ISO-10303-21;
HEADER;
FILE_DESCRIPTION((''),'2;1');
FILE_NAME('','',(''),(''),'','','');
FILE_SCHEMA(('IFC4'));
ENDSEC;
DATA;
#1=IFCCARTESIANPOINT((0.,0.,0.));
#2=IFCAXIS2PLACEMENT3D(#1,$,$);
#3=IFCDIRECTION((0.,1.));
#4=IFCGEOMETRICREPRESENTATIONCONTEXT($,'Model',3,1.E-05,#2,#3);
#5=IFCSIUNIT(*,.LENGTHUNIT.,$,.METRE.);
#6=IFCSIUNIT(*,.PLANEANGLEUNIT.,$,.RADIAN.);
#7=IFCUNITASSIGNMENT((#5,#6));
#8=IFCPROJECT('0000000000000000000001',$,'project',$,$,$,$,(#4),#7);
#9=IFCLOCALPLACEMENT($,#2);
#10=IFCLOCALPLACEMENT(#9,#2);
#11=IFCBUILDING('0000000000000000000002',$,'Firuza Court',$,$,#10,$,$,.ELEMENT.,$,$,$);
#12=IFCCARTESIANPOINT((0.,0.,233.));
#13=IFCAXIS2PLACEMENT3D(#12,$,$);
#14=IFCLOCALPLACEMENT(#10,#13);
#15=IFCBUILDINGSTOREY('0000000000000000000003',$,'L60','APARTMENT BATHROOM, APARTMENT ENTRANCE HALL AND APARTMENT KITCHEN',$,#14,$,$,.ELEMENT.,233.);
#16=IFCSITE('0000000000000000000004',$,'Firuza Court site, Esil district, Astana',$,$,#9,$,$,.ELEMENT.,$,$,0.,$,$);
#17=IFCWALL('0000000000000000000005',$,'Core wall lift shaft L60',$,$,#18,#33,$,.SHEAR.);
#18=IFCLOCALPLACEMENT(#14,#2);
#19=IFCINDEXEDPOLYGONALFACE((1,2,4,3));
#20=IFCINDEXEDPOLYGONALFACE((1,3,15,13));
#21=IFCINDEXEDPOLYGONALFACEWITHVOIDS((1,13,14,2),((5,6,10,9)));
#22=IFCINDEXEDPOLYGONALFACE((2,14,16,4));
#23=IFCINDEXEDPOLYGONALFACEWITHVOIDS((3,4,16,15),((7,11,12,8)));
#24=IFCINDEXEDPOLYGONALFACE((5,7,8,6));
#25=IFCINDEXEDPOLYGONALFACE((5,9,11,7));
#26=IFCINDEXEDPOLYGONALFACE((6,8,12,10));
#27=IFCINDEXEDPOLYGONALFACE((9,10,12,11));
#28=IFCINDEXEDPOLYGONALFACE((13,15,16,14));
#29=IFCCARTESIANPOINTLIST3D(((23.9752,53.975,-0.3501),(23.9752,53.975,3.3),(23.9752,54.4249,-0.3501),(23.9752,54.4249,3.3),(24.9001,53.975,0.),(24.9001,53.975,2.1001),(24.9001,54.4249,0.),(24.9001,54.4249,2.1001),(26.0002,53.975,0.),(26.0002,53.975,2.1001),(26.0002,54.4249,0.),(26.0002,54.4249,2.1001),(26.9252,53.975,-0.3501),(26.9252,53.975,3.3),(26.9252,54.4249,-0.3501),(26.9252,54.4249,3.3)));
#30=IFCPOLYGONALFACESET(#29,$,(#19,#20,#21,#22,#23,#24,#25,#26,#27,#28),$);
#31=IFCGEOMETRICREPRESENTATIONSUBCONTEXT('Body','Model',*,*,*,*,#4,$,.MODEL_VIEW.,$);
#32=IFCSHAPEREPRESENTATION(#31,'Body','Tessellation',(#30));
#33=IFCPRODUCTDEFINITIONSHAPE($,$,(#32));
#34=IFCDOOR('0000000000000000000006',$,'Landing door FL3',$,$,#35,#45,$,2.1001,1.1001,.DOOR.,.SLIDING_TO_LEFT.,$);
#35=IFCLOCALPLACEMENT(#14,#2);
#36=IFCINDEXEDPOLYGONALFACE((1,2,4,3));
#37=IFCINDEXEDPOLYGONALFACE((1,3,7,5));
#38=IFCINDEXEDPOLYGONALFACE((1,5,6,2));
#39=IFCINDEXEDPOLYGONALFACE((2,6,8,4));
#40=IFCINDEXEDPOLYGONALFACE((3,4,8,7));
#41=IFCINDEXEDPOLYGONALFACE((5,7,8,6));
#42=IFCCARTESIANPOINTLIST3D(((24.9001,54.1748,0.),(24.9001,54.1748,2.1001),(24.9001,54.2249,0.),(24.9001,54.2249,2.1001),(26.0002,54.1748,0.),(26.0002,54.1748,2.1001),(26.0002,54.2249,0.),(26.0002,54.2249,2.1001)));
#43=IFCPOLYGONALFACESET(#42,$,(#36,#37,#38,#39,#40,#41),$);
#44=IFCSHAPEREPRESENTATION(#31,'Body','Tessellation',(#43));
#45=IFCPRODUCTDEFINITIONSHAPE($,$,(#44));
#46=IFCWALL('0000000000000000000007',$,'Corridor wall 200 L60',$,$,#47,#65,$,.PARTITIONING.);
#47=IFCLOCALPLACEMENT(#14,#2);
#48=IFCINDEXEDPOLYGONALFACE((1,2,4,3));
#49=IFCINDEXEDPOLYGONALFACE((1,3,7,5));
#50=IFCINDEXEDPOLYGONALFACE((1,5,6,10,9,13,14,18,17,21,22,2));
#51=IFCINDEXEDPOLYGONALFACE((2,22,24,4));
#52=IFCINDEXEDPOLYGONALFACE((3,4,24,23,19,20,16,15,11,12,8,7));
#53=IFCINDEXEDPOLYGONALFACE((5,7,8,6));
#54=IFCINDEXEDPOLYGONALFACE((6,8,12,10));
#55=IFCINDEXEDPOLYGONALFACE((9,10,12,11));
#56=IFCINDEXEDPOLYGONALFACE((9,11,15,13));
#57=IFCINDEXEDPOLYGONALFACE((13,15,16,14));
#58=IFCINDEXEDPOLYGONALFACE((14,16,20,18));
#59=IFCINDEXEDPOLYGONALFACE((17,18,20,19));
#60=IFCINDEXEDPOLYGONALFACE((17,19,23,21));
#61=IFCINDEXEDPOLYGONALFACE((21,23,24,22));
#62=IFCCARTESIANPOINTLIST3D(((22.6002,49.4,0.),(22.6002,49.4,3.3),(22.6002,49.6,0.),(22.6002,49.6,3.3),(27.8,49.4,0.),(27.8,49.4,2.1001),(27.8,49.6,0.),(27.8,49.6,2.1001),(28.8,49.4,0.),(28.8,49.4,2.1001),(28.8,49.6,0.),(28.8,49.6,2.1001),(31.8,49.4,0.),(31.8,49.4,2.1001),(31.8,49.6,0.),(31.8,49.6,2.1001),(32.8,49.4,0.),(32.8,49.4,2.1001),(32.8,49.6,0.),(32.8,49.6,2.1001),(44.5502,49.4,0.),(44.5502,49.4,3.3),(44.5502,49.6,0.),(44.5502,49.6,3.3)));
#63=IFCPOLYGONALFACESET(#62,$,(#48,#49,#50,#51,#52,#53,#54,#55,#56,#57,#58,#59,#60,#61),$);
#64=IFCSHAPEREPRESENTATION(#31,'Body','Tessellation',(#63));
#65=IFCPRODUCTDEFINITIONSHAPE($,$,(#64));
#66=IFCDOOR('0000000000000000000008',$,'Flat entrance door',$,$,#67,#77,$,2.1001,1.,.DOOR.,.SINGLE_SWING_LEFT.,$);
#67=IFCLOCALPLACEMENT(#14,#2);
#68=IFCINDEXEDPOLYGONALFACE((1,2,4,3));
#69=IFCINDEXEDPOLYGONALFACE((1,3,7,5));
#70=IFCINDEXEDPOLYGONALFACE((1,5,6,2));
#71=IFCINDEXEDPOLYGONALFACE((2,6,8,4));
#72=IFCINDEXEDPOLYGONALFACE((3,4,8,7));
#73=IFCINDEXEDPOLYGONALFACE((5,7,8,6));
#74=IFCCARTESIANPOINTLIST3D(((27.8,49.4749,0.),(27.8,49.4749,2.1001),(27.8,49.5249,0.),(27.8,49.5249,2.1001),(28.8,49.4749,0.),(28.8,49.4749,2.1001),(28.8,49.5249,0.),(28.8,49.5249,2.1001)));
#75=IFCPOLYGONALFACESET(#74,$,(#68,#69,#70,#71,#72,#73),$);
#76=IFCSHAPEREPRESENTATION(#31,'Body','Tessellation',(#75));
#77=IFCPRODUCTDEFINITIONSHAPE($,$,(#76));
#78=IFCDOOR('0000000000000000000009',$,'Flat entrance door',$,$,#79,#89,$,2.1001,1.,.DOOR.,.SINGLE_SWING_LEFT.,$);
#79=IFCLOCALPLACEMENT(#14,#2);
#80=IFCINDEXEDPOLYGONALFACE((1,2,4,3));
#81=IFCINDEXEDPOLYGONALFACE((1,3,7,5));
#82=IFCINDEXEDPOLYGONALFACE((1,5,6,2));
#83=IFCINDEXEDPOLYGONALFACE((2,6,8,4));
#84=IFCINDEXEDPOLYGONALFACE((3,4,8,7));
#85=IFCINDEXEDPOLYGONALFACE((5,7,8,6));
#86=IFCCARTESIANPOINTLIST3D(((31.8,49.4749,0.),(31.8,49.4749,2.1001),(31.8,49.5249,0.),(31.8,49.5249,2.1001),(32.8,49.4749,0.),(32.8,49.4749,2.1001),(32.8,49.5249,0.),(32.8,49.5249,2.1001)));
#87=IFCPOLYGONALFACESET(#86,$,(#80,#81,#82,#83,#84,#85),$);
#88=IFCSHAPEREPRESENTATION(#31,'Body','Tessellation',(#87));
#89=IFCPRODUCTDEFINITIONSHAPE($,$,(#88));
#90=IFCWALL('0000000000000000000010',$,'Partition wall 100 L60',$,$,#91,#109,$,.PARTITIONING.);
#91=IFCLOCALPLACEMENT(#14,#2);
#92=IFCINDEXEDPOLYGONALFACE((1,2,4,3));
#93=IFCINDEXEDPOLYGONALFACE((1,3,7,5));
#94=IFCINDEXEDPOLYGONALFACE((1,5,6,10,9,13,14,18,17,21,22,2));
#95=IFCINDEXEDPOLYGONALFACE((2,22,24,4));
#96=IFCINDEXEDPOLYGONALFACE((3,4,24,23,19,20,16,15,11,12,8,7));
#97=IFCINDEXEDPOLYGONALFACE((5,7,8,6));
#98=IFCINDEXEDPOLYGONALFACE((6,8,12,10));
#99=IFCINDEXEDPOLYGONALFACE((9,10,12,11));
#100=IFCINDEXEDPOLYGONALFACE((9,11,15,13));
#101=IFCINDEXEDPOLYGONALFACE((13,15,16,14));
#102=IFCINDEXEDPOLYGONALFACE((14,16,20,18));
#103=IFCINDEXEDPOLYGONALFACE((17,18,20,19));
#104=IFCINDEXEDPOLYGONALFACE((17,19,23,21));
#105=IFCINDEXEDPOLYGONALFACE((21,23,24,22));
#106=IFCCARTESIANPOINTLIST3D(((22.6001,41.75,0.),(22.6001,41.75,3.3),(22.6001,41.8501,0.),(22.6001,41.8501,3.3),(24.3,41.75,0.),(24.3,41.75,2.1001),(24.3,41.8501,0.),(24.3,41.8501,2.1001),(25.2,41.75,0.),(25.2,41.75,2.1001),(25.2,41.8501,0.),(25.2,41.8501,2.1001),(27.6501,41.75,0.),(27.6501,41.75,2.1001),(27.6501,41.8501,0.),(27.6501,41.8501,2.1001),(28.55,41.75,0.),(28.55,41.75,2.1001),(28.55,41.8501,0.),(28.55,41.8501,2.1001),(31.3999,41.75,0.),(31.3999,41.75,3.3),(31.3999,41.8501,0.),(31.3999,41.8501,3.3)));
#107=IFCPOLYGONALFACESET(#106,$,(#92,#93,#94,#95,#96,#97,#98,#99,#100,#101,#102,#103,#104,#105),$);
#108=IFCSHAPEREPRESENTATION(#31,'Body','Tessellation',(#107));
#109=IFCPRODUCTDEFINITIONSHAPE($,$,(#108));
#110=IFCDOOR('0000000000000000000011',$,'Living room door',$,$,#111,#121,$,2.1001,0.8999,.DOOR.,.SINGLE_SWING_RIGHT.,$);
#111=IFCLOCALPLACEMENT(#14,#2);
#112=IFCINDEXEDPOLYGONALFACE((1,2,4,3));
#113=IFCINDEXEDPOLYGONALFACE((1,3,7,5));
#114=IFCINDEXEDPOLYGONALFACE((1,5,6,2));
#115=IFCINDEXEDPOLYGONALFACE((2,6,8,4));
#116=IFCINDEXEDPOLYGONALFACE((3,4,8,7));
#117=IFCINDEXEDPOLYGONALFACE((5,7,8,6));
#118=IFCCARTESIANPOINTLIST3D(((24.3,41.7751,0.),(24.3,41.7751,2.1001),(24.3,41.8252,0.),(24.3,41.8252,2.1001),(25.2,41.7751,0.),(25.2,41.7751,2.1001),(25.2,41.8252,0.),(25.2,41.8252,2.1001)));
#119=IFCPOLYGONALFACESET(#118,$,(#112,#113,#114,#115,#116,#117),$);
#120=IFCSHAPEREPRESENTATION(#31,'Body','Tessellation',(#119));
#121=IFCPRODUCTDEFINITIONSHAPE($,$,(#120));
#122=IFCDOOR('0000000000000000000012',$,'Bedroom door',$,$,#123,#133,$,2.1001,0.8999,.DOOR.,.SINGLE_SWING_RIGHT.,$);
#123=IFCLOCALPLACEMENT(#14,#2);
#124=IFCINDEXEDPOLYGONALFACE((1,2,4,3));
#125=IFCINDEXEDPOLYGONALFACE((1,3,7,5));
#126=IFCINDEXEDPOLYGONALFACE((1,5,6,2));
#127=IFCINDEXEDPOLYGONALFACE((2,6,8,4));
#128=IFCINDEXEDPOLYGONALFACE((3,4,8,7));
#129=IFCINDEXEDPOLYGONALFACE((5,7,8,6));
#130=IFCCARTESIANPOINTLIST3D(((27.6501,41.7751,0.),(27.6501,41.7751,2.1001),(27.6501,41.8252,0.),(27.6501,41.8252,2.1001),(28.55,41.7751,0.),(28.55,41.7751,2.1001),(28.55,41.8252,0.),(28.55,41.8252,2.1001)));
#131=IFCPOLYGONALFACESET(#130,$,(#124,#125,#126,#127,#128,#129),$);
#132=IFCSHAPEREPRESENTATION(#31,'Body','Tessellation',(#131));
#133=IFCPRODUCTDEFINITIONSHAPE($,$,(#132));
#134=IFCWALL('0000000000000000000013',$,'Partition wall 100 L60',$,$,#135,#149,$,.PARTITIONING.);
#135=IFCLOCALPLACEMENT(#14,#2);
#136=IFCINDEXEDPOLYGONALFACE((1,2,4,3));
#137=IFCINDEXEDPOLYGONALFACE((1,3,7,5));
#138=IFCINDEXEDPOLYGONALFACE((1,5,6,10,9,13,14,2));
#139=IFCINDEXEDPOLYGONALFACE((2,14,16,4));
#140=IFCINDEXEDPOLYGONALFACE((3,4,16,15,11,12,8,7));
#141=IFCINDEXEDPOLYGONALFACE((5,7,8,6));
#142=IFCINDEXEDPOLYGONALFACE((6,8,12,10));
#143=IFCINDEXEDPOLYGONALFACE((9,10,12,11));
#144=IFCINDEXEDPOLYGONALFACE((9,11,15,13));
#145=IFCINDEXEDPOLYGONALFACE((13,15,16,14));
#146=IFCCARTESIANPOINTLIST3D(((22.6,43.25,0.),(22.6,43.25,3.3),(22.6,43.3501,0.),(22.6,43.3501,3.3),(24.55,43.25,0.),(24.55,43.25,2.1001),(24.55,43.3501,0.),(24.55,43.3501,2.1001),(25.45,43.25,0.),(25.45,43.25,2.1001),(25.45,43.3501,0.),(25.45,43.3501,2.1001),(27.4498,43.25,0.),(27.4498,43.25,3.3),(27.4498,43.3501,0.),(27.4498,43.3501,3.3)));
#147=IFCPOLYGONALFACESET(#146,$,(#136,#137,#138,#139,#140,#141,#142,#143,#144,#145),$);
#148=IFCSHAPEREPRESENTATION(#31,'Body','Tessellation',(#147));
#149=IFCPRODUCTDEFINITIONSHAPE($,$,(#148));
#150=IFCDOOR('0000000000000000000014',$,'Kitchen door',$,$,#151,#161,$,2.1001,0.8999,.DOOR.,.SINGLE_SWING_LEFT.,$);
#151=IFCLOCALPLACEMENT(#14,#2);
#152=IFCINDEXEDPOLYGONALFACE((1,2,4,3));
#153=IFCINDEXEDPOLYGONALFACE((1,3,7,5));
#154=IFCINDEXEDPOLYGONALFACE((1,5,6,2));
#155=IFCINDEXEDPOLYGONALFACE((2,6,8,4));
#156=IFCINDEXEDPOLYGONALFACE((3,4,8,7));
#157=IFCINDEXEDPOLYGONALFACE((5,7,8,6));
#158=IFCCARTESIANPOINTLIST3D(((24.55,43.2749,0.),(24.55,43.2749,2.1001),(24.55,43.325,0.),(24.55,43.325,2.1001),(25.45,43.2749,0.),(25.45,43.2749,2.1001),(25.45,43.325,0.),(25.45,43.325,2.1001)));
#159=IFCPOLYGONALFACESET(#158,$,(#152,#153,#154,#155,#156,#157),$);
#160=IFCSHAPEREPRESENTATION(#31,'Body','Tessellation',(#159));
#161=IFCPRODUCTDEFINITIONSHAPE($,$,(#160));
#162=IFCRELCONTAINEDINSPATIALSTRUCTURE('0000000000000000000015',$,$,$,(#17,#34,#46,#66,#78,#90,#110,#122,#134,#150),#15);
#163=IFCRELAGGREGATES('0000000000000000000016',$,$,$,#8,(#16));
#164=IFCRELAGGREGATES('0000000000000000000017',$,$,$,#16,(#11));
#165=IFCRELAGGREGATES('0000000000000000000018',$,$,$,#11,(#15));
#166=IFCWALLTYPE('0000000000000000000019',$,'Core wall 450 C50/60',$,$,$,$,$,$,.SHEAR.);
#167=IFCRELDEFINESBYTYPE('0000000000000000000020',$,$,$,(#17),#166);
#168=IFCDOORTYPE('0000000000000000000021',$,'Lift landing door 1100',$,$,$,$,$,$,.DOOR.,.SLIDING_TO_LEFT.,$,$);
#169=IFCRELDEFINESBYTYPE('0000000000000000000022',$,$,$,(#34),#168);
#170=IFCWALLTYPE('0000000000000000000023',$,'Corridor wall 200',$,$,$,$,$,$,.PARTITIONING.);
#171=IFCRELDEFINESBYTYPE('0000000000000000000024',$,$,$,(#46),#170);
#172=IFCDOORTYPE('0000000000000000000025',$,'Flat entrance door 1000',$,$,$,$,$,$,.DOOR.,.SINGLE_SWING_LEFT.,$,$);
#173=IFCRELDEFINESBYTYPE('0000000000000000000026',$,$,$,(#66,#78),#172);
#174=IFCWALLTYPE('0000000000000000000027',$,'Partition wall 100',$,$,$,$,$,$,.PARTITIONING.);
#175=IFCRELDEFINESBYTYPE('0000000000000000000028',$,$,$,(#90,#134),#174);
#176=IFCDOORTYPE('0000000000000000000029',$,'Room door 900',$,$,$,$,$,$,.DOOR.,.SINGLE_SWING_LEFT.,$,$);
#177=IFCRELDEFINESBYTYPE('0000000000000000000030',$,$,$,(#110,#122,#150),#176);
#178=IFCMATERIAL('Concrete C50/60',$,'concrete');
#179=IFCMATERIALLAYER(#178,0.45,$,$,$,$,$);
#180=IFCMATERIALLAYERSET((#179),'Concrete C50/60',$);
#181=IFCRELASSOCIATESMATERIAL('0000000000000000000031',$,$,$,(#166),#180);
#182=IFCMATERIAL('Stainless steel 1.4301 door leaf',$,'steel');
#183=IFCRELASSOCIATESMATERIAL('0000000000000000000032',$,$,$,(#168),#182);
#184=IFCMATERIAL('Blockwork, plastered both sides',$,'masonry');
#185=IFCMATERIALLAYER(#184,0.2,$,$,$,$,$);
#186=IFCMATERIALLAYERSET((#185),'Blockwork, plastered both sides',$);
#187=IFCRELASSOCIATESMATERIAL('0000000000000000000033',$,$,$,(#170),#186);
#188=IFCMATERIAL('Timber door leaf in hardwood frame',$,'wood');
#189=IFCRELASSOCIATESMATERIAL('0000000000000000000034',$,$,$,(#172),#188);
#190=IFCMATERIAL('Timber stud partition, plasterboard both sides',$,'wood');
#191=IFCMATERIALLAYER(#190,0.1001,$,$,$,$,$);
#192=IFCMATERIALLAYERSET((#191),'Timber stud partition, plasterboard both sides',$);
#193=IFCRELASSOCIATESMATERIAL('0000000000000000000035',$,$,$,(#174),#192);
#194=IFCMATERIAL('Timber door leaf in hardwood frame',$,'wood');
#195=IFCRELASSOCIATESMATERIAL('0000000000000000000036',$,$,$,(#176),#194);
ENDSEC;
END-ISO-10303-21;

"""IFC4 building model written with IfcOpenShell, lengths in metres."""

from ifc_helpers import new_model, si_unit, direction, frame, frame_2d, origin, place, context, subcontext, project, spatial, rectangle, extrude, material, layer, layer_set, type_object, element, fill, save


model = new_model("IFC4")

# Units and contexts
model_context = context("Model", 3, precision=1e-05, world=origin(), true_north=direction((0.0, 1.0)))
body_context = subcontext(model_context, "Body", "Model", "MODEL_VIEW")
ifc_project = project(units=[si_unit("LENGTHUNIT", "METRE"), si_unit("PLANEANGLEUNIT", "RADIAN")], contexts=[model_context])

# Site, building, storey
site_placement = place(None, origin())
site = spatial("IfcSite", under=ifc_project, at=site_placement, Name="Firuza Court site, Esil district, Astana", CompositionType="ELEMENT", RefElevation=0.0)
building_placement = place(site_placement, origin())
building = spatial("IfcBuilding", under=site, at=building_placement, Name="Firuza Court", CompositionType="ELEMENT")
storey_placement = place(building_placement, frame((0.0, 0.0, 233.0)))
storey = spatial("IfcBuildingStorey", under=building, at=storey_placement, Name="L60", Description="APARTMENT BATHROOM, APARTMENT ENTRANCE HALL AND APARTMENT KITCHEN", CompositionType="ELEMENT", Elevation=233.0)

# Wall, opening, door
ifc_material_1 = material(Name="Concrete C50/60", Category="concrete")
ifc_layer_1 = layer(ifc_material_1, 0.45)
ifc_layer_set_1 = layer_set([ifc_layer_1], Name="Concrete C50/60")
wall_type_1 = type_object("IfcWallType", Name="Core wall 450 C50/60", PredefinedType="SHEAR", material=ifc_layer_set_1)
wall_1_placement = place(storey_placement, frame((23.9751, 54.2, -0.3501), z_axis=(0.0, 0.0, 1.0), x_axis=(1.0, 0.0, 0.0)))
wall_1 = element("IfcWall", 1, at=wall_1_placement, inside=storey, type_object=wall_type_1, Name="Core wall lift shaft L60", PredefinedType="SHEAR", context=body_context, shape_type="SweptSolid", body=[
    extrude(rectangle(XDim=2.95, YDim=0.45, at=frame_2d((1.4751, 0.0))), origin(), (0.0, 0.0, 1.0), 3.6501),
])
opening_1_placement = place(wall_1_placement, frame((0.925, 0.0, 0.3501)))
opening_1 = element("IfcOpeningElement", 2, at=opening_1_placement, cuts=wall_1, PredefinedType="OPENING", context=body_context, shape_type="SweptSolid", body=[
    extrude(rectangle(XDim=1.1001, YDim=2.1001, at=frame_2d((0.55, 1.05))), frame((0.0, 0.2368, 0.0), z_axis=(0.0, -1.0, 0.0), x_axis=(1.0, 0.0, 0.0)), (0.0, 0.0, 1.0), 0.4739),
])
ifc_material_2 = material(Name="Stainless steel 1.4301 door leaf", Category="steel")
door_type_1 = type_object("IfcDoorType", Name="Lift landing door 1100", OperationType="SLIDING_TO_LEFT", PredefinedType="DOOR", material=ifc_material_2)
door_1_placement = place(opening_1_placement, origin())
door_1 = element("IfcDoor", 3, at=door_1_placement, inside=storey, type_object=door_type_1, Name="Landing door FL3", OperationType="SLIDING_TO_LEFT", OverallHeight=2.1001, OverallWidth=1.1001, PredefinedType="DOOR", context=body_context, shape_type="SweptSolid", body=[
    extrude(rectangle(XDim=1.1001, YDim=2.1001, at=frame_2d((0.55, 1.05))), frame((0.0, 0.0249, 0.0), z_axis=(0.0, -1.0, 0.0), x_axis=(1.0, 0.0, 0.0)), (0.0, 0.0, 1.0), 0.05),
])
fill(opening_1, door_1)

# Walls, openings, doors
ifc_material_3 = material(Name="Blockwork, plastered both sides", Category="masonry")
ifc_layer_2 = layer(ifc_material_3, 0.2)
ifc_layer_set_2 = layer_set([ifc_layer_2], Name="Blockwork, plastered both sides")
wall_type_2 = type_object("IfcWallType", Name="Corridor wall 200", PredefinedType="PARTITIONING", material=ifc_layer_set_2)
wall_2_placement = place(storey_placement, frame((22.6001, 49.5, 0.0), z_axis=(0.0, 0.0, 1.0), x_axis=(1.0, 0.0, 0.0)))
wall_2 = element("IfcWall", 4, at=wall_2_placement, inside=storey, type_object=wall_type_2, Name="Corridor wall 200 L60", PredefinedType="PARTITIONING", context=body_context, shape_type="SweptSolid", body=[
    extrude(rectangle(XDim=21.95, YDim=0.2, at=frame_2d((10.9751, 0.0))), origin(), (0.0, 0.0, 1.0), 3.3),
])
opening_2_placement = place(wall_2_placement, frame((5.2, 0.0, 0.0)))
opening_2 = element("IfcOpeningElement", 5, at=opening_2_placement, cuts=wall_2, PredefinedType="OPENING", context=body_context, shape_type="SweptSolid", body=[
    extrude(rectangle(XDim=1.0, YDim=2.1001, at=frame_2d((0.5, 1.05))), frame((0.0, 0.1118, 0.0), z_axis=(0.0, -1.0, 0.0), x_axis=(1.0, 0.0, 0.0)), (0.0, 0.0, 1.0), 0.2239),
])
opening_3_placement = place(wall_2_placement, frame((9.2, 0.0, 0.0)))
opening_3 = element("IfcOpeningElement", 6, at=opening_3_placement, cuts=wall_2, PredefinedType="OPENING", context=body_context, shape_type="SweptSolid", body=[
    extrude(rectangle(XDim=1.0, YDim=2.1001, at=frame_2d((0.5, 1.05))), frame((0.0, 0.1118, 0.0), z_axis=(0.0, -1.0, 0.0), x_axis=(1.0, 0.0, 0.0)), (0.0, 0.0, 1.0), 0.2239),
])
ifc_material_4 = material(Name="Timber door leaf in hardwood frame", Category="wood")
door_type_2 = type_object("IfcDoorType", Name="Flat entrance door 1000", OperationType="SINGLE_SWING_LEFT", PredefinedType="DOOR", material=ifc_material_4)
door_2_placement = place(opening_2_placement, origin())
door_2 = element("IfcDoor", 7, at=door_2_placement, inside=storey, type_object=door_type_2, Name="Flat entrance door", OperationType="SINGLE_SWING_LEFT", OverallHeight=2.1001, OverallWidth=1.0, PredefinedType="DOOR", context=body_context, shape_type="SweptSolid", body=[
    extrude(rectangle(XDim=1.0, YDim=2.1001, at=frame_2d((0.5, 1.05))), frame((0.0, 0.0249, 0.0), z_axis=(0.0, -1.0, 0.0), x_axis=(1.0, 0.0, 0.0)), (0.0, 0.0, 1.0), 0.05),
])
fill(opening_2, door_2)
door_3_placement = place(opening_3_placement, origin())
door_3 = element("IfcDoor", 8, at=door_3_placement, inside=storey, type_object=door_type_2, Name="Flat entrance door", OperationType="SINGLE_SWING_LEFT", OverallHeight=2.1001, OverallWidth=1.0, PredefinedType="DOOR", context=body_context, shape_type="SweptSolid", body=[
    extrude(rectangle(XDim=1.0, YDim=2.1001, at=frame_2d((0.5, 1.05))), frame((0.0, 0.0249, 0.0), z_axis=(0.0, -1.0, 0.0), x_axis=(1.0, 0.0, 0.0)), (0.0, 0.0, 1.0), 0.05),
])
fill(opening_3, door_3)
ifc_material_5 = material(Name="Timber stud partition, plasterboard both sides", Category="wood")
ifc_layer_3 = layer(ifc_material_5, 0.1001)
ifc_layer_set_3 = layer_set([ifc_layer_3], Name="Timber stud partition, plasterboard both sides")
wall_type_3 = type_object("IfcWallType", Name="Partition wall 100", PredefinedType="PARTITIONING", material=ifc_layer_set_3)
wall_3_placement = place(storey_placement, frame((22.6001, 41.8, 0.0), z_axis=(0.0, 0.0, 1.0), x_axis=(1.0, 0.0, 0.0)))
wall_3 = element("IfcWall", 9, at=wall_3_placement, inside=storey, type_object=wall_type_3, Name="Partition wall 100 L60", PredefinedType="PARTITIONING", context=body_context, shape_type="SweptSolid", body=[
    extrude(rectangle(XDim=8.7998, YDim=0.1001, at=frame_2d((4.3999, 0.0))), origin(), (0.0, 0.0, 1.0), 3.3),
])
opening_4_placement = place(wall_3_placement, frame((1.7, 0.0, 0.0)))
opening_4 = element("IfcOpeningElement", 10, at=opening_4_placement, cuts=wall_3, PredefinedType="OPENING", context=body_context, shape_type="SweptSolid", body=[
    extrude(rectangle(XDim=0.8999, YDim=2.1001, at=frame_2d((0.45, 1.05))), frame((0.0, 0.062, 0.0), z_axis=(0.0, -1.0, 0.0), x_axis=(1.0, 0.0, 0.0)), (0.0, 0.0, 1.0), 0.124),
])
opening_5_placement = place(wall_3_placement, frame((5.05, 0.0, 0.0)))
opening_5 = element("IfcOpeningElement", 11, at=opening_5_placement, cuts=wall_3, PredefinedType="OPENING", context=body_context, shape_type="SweptSolid", body=[
    extrude(rectangle(XDim=0.8999, YDim=2.1001, at=frame_2d((0.45, 1.05))), frame((0.0, 0.062, 0.0), z_axis=(0.0, -1.0, 0.0), x_axis=(1.0, 0.0, 0.0)), (0.0, 0.0, 1.0), 0.124),
])
ifc_material_6 = material(Name="Timber door leaf in hardwood frame", Category="wood")
door_type_3 = type_object("IfcDoorType", Name="Room door 900", OperationType="SINGLE_SWING_LEFT", PredefinedType="DOOR", material=ifc_material_6)
door_4_placement = place(opening_4_placement, frame((0.8999, 0.0, 0.0), z_axis=(0.0, 0.0, 1.0), x_axis=(-1.0, 0.0, 0.0)))
door_4 = element("IfcDoor", 12, at=door_4_placement, inside=storey, type_object=door_type_3, Name="Living room door", OperationType="SINGLE_SWING_RIGHT", OverallHeight=2.1001, OverallWidth=0.8999, PredefinedType="DOOR", context=body_context, shape_type="SweptSolid", body=[
    extrude(rectangle(XDim=0.8999, YDim=2.1001, at=frame_2d((0.45, 1.05))), frame((0.0, 0.0249, 0.0), z_axis=(0.0, -1.0, 0.0), x_axis=(1.0, 0.0, 0.0)), (0.0, 0.0, 1.0), 0.05),
])
fill(opening_4, door_4)
door_5_placement = place(opening_5_placement, frame((0.8999, 0.0, 0.0), z_axis=(0.0, 0.0, 1.0), x_axis=(-1.0, 0.0, 0.0)))
door_5 = element("IfcDoor", 13, at=door_5_placement, inside=storey, type_object=door_type_3, Name="Bedroom door", OperationType="SINGLE_SWING_RIGHT", OverallHeight=2.1001, OverallWidth=0.8999, PredefinedType="DOOR", context=body_context, shape_type="SweptSolid", body=[
    extrude(rectangle(XDim=0.8999, YDim=2.1001, at=frame_2d((0.45, 1.05))), frame((0.0, 0.0249, 0.0), z_axis=(0.0, -1.0, 0.0), x_axis=(1.0, 0.0, 0.0)), (0.0, 0.0, 1.0), 0.05),
])
fill(opening_5, door_5)

# Wall, opening, door
wall_4_placement = place(storey_placement, frame((22.6001, 43.3, 0.0), z_axis=(0.0, 0.0, 1.0), x_axis=(1.0, 0.0, 0.0)))
wall_4 = element("IfcWall", 14, at=wall_4_placement, inside=storey, type_object=wall_type_3, Name="Partition wall 100 L60", PredefinedType="PARTITIONING", context=body_context, shape_type="SweptSolid", body=[
    extrude(rectangle(XDim=4.8499, YDim=0.1001, at=frame_2d((2.4248, 0.0))), origin(), (0.0, 0.0, 1.0), 3.3),
])
opening_6_placement = place(wall_4_placement, frame((1.95, 0.0, 0.0)))
opening_6 = element("IfcOpeningElement", 15, at=opening_6_placement, cuts=wall_4, PredefinedType="OPENING", context=body_context, shape_type="SweptSolid", body=[
    extrude(rectangle(XDim=0.8999, YDim=2.1001, at=frame_2d((0.45, 1.05))), frame((0.0, 0.062, 0.0), z_axis=(0.0, -1.0, 0.0), x_axis=(1.0, 0.0, 0.0)), (0.0, 0.0, 1.0), 0.124),
])
door_6_placement = place(opening_6_placement, origin())
door_6 = element("IfcDoor", 16, at=door_6_placement, inside=storey, type_object=door_type_3, Name="Kitchen door", OperationType="SINGLE_SWING_LEFT", OverallHeight=2.1001, OverallWidth=0.8999, PredefinedType="DOOR", context=body_context, shape_type="SweptSolid", body=[
    extrude(rectangle(XDim=0.8999, YDim=2.1001, at=frame_2d((0.45, 1.05))), frame((0.0, 0.0249, 0.0), z_axis=(0.0, -1.0, 0.0), x_axis=(1.0, 0.0, 0.0)), (0.0, 0.0, 1.0), 0.05),
])
fill(opening_6, door_6)

save(model, "model.ifc")
